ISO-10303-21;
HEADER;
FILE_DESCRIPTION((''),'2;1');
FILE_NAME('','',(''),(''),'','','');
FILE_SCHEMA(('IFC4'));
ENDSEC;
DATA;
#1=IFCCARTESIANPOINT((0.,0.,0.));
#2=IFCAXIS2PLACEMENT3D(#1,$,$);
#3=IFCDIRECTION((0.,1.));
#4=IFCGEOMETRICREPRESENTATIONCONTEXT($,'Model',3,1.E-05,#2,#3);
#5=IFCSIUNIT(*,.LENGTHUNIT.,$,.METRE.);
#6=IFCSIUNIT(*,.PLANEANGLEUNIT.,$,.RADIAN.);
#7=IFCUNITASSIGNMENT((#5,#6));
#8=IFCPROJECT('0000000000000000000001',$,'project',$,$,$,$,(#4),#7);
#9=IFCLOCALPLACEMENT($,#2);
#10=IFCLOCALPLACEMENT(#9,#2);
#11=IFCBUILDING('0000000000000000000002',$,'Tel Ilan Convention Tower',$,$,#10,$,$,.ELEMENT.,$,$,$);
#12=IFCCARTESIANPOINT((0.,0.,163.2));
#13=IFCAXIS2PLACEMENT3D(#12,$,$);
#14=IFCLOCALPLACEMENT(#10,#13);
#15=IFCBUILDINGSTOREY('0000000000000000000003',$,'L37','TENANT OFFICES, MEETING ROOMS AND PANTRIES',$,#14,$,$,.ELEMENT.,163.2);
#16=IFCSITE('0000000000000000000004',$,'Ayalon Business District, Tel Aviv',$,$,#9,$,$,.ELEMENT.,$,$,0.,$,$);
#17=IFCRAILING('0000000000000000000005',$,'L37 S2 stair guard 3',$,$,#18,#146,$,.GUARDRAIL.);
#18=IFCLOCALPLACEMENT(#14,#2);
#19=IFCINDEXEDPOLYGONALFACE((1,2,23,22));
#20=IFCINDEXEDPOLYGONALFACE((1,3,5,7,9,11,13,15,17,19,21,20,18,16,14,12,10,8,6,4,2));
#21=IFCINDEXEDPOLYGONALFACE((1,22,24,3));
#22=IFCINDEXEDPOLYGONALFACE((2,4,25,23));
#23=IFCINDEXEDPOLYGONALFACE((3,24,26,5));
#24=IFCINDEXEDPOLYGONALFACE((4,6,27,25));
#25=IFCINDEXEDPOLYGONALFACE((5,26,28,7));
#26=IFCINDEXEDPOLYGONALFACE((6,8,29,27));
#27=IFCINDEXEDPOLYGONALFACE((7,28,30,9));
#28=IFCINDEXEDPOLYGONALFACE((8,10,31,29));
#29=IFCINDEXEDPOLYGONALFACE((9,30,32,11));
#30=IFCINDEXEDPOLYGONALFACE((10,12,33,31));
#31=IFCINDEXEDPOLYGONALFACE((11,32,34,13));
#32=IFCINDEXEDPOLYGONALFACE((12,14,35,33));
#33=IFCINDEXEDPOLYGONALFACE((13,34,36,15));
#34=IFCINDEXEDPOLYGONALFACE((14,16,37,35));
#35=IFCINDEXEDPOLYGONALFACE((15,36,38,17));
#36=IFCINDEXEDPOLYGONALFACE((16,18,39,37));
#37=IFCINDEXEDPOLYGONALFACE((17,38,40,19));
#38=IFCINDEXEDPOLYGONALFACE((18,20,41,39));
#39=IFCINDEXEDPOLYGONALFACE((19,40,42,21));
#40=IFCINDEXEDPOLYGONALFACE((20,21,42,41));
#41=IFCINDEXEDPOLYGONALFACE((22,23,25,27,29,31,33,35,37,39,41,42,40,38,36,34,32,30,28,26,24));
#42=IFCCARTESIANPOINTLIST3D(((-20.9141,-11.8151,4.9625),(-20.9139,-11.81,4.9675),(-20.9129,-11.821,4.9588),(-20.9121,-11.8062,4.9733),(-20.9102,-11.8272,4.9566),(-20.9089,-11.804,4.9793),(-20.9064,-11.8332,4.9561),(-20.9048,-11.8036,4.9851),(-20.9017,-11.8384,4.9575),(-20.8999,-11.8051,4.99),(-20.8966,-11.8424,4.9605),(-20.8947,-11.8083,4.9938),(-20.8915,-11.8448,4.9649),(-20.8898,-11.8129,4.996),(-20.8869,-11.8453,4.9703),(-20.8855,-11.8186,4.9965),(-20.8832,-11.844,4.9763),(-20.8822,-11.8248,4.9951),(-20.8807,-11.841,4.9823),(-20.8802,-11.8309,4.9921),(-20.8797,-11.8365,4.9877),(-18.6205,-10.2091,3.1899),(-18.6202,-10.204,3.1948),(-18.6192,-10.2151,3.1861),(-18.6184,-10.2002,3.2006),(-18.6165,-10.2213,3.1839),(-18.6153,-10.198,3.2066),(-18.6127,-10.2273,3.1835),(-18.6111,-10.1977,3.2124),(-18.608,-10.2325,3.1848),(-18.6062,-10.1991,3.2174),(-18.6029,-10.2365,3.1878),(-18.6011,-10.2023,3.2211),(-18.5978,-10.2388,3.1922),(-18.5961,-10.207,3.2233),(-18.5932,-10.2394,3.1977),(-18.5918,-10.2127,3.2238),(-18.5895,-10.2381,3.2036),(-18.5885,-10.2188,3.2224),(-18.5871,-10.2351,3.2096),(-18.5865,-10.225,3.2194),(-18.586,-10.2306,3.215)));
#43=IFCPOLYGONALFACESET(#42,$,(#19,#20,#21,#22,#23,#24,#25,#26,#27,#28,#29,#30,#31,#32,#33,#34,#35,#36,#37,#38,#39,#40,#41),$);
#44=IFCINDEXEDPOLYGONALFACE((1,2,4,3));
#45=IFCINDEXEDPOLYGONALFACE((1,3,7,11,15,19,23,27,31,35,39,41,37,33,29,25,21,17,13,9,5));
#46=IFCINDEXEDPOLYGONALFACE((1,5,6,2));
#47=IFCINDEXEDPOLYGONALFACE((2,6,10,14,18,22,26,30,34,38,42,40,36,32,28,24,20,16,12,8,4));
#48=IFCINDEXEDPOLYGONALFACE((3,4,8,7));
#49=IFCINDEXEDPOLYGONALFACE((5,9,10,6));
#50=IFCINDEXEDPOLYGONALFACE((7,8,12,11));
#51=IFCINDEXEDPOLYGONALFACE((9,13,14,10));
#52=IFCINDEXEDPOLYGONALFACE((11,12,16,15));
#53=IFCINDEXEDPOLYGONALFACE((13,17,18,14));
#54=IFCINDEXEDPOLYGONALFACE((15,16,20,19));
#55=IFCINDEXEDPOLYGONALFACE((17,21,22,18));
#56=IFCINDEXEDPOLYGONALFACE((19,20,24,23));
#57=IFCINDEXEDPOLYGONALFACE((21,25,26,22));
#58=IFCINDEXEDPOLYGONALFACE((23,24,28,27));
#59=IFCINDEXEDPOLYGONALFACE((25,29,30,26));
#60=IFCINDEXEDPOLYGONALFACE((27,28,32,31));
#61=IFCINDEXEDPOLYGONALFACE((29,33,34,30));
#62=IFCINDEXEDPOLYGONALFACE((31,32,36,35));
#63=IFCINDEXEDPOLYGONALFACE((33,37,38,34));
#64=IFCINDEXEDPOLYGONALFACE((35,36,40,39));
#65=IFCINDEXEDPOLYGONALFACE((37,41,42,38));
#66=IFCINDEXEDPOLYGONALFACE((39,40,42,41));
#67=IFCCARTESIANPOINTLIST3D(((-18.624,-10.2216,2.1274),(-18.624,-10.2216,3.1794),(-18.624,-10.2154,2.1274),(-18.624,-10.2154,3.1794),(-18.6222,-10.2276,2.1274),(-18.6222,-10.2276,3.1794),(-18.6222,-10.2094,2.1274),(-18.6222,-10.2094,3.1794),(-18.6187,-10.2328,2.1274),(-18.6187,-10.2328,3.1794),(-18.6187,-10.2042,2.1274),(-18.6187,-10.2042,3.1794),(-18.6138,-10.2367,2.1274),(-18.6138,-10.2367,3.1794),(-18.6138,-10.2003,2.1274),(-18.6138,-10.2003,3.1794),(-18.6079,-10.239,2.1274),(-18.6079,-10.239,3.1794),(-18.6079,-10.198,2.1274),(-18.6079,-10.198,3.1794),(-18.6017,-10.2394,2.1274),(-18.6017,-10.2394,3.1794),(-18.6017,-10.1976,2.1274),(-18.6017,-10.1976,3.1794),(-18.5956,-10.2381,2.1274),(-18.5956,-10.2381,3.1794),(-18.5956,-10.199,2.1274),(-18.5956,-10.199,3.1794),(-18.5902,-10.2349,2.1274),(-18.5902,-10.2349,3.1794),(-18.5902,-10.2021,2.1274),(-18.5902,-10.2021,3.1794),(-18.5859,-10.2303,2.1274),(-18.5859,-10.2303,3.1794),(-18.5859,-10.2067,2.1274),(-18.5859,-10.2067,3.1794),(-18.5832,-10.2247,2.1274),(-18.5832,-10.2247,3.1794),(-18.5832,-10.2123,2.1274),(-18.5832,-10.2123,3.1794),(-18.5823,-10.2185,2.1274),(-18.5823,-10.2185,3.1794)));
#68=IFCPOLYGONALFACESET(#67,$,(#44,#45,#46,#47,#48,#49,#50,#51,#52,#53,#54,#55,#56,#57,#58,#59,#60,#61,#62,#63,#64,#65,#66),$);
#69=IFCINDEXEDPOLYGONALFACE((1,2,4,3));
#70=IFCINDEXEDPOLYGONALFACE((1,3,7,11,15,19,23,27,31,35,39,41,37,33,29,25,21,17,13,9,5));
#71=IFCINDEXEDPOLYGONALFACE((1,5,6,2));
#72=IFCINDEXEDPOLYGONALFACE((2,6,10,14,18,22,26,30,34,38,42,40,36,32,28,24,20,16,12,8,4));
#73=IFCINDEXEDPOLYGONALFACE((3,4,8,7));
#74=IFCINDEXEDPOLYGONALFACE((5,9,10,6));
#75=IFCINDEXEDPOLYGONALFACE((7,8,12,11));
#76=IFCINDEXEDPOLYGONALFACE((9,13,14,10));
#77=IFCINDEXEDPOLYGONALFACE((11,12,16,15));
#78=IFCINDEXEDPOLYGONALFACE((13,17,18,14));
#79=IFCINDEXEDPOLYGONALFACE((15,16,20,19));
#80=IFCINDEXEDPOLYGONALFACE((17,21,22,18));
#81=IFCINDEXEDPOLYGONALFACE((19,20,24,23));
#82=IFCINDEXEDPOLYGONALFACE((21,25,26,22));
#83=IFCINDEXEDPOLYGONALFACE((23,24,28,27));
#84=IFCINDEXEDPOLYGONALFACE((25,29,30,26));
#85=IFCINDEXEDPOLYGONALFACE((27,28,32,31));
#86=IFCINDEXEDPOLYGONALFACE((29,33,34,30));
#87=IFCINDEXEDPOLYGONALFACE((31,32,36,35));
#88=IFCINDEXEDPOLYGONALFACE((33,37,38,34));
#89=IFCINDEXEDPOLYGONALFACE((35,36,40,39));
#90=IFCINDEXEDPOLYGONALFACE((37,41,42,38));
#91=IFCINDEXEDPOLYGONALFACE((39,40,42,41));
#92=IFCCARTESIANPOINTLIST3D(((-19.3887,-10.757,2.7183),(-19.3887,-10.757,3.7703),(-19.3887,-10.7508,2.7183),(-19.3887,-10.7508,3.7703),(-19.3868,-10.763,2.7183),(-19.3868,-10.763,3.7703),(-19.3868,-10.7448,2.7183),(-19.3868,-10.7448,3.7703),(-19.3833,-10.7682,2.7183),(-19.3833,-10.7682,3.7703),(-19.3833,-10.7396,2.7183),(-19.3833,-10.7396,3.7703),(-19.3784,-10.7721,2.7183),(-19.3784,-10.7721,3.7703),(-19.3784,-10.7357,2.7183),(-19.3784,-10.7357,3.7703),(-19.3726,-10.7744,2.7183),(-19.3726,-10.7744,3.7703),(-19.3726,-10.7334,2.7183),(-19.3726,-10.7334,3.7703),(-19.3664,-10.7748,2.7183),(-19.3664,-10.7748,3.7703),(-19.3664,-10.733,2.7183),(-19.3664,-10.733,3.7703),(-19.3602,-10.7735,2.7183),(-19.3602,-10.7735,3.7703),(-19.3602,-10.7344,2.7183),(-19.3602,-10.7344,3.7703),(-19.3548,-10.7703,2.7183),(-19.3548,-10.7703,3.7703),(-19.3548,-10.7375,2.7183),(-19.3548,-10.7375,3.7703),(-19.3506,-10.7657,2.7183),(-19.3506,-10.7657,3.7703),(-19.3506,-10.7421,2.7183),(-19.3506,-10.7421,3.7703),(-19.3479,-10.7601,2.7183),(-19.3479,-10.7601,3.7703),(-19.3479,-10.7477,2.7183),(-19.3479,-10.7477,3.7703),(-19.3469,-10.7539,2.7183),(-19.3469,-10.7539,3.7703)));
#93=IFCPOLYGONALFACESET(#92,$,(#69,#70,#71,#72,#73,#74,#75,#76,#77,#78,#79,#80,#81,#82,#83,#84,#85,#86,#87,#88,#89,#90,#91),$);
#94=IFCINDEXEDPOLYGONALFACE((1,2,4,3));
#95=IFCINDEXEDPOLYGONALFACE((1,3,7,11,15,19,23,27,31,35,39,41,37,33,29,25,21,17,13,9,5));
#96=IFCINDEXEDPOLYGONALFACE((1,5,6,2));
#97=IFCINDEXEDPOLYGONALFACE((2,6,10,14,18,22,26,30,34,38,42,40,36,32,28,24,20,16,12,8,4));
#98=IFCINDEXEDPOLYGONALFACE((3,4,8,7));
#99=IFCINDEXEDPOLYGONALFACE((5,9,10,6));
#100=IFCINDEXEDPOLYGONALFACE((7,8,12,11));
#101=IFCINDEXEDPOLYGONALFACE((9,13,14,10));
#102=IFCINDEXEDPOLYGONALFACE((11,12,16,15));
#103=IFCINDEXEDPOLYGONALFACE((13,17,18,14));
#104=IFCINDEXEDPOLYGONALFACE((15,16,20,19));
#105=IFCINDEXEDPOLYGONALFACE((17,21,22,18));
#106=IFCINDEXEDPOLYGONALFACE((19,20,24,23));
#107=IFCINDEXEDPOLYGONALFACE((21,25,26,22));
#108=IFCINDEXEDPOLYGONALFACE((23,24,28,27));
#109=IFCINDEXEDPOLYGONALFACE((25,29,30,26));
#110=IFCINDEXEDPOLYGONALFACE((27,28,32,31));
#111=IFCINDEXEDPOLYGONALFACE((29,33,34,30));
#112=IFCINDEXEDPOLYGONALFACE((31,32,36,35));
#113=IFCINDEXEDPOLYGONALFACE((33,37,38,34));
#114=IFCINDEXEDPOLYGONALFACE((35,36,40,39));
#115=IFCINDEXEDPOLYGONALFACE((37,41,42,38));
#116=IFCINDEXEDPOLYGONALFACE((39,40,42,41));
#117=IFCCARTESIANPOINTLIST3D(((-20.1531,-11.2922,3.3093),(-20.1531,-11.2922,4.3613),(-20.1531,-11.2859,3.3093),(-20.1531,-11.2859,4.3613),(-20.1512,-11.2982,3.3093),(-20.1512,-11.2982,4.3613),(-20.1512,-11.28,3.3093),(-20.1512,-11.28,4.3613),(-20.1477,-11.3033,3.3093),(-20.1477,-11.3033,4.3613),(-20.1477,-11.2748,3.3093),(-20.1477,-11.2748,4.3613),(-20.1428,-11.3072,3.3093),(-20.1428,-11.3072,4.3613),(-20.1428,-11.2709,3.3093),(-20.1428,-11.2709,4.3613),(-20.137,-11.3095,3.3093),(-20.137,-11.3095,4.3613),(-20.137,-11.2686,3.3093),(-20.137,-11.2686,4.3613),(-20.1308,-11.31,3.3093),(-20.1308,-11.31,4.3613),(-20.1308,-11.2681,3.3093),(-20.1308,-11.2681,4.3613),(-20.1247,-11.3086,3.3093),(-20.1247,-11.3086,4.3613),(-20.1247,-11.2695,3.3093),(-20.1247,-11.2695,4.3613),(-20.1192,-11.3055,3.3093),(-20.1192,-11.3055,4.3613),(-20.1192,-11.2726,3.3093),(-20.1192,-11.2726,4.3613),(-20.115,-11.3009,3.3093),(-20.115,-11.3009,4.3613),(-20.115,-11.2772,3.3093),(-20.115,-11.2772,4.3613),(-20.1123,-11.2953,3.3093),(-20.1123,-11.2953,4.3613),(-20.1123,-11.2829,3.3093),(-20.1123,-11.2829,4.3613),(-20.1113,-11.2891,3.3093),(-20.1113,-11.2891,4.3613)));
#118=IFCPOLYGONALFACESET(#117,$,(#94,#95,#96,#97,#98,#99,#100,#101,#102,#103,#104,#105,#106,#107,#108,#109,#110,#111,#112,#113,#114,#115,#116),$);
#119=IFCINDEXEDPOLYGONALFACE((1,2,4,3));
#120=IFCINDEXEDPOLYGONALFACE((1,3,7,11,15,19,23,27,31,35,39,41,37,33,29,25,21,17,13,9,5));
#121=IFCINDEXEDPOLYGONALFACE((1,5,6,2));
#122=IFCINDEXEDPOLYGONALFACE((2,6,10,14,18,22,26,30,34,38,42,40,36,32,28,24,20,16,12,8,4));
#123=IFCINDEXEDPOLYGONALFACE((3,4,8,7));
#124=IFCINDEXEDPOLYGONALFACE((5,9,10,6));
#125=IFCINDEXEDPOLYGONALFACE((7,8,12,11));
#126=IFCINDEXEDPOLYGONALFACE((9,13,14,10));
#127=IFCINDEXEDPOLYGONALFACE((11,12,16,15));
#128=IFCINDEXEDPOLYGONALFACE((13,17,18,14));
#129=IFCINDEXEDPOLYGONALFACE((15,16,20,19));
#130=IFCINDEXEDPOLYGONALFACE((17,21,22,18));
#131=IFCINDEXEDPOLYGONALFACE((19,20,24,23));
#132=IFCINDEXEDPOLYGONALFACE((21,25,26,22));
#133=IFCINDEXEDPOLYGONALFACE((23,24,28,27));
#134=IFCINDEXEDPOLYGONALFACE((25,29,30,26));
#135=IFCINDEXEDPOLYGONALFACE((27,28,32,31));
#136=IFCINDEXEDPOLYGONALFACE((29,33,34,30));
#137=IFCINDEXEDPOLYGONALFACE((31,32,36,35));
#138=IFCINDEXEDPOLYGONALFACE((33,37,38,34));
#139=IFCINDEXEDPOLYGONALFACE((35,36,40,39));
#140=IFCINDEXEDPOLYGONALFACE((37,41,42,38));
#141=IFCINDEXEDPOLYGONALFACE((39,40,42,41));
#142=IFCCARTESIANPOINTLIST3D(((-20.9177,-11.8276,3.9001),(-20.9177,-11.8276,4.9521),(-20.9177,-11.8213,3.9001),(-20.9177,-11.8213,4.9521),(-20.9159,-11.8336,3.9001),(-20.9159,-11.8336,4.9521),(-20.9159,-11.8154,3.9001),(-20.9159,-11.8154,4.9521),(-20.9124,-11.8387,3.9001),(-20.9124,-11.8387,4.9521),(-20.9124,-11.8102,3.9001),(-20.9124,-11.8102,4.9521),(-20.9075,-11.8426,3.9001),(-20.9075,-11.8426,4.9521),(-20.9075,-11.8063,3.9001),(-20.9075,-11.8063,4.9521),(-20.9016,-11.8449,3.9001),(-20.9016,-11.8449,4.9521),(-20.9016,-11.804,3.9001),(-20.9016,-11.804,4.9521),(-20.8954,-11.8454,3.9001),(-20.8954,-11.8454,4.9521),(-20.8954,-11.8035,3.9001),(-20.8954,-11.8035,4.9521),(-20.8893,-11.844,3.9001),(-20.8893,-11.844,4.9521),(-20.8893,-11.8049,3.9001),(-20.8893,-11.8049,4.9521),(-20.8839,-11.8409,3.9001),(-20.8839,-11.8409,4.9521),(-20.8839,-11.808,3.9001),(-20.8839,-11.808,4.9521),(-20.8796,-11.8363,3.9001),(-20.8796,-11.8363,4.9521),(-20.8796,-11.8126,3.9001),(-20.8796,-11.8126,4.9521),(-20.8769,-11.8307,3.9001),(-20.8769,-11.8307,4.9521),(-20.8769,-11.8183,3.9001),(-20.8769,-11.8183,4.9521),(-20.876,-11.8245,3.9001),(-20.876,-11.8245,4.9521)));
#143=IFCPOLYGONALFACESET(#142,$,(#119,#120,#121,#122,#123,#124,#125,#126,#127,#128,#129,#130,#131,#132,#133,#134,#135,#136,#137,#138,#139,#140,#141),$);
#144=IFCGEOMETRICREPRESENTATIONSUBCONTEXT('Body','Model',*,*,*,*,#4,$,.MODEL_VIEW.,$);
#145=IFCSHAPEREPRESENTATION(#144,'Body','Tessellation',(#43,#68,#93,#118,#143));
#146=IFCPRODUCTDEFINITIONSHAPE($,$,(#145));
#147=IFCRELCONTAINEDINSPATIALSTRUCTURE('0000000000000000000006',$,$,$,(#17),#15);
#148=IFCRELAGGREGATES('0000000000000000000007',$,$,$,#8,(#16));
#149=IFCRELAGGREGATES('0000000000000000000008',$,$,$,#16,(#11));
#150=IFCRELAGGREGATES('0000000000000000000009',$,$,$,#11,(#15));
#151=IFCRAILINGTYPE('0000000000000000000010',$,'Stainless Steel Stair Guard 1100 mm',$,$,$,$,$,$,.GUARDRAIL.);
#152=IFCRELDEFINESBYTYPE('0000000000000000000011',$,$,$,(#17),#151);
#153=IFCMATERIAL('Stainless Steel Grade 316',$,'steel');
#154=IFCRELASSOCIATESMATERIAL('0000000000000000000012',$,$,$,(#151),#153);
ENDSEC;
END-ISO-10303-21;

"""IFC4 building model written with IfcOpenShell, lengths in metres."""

from ifc_helpers import new_model, si_unit, direction, frame, origin, origin_2d, place, context, subcontext, project, spatial, circle, extrude, material, type_object, element, save


model = new_model("IFC4")

# Units and contexts
model_context = context("Model", 3, precision=1e-05, world=origin(), true_north=direction((0.0, 1.0)))
body_context = subcontext(model_context, "Body", "Model", "MODEL_VIEW")
ifc_project = project(units=[si_unit("LENGTHUNIT", "METRE"), si_unit("PLANEANGLEUNIT", "RADIAN")], contexts=[model_context])

# Site, building, storey
site_placement = place(None, origin())
site = spatial("IfcSite", under=ifc_project, at=site_placement, Name="Ayalon Business District, Tel Aviv", CompositionType="ELEMENT", RefElevation=0.0)
building_placement = place(site_placement, origin())
building = spatial("IfcBuilding", under=site, at=building_placement, Name="Tel Ilan Convention Tower", CompositionType="ELEMENT")
storey_placement = place(building_placement, frame((0.0, 0.0, 163.2)))
storey = spatial("IfcBuildingStorey", under=building, at=storey_placement, Name="L37", Description="TENANT OFFICES, MEETING ROOMS AND PANTRIES", CompositionType="ELEMENT", Elevation=163.2)

# Railing
ifc_material_1 = material(Name="Stainless Steel Grade 316", Category="steel")
railing_type = type_object("IfcRailingType", Name="Stainless Steel Stair Guard 1100 mm", PredefinedType="GUARDRAIL", material=ifc_material_1)
railing_1_placement = place(storey_placement, frame((-18.6033, -10.2185, 2.1274)))
element("IfcRailing", 1, at=railing_1_placement, inside=storey, type_object=railing_type, Name="L37 S2 stair guard 3", PredefinedType="GUARDRAIL", context=body_context, shape_type="SweptSolid", body=[
    extrude(circle(Radius=0.0239, at=origin_2d()), frame((0.0, 0.0, 1.0762), z_axis=(-0.692123, -0.484597, 0.534913), x_axis=(0.57355, -0.81917, 0.0)), (0.0, 0.0, 1.0), 3.314),
    extrude(circle(Radius=0.021, at=origin_2d()), origin(), (0.0, 0.0, 1.0), 1.052),
    extrude(circle(Radius=0.021, at=origin_2d()), frame((-0.7646, -0.5354, 0.5908)), (0.0, 0.0, 1.0), 1.052),
    extrude(circle(Radius=0.021, at=origin_2d()), frame((-1.5291, -1.0706, 1.1819)), (0.0, 0.0, 1.0), 1.052),
    extrude(circle(Radius=0.021, at=origin_2d()), frame((-2.2937, -1.606, 1.7727)), (0.0, 0.0, 1.0), 1.052),
])

save(model, "model.ifc")
